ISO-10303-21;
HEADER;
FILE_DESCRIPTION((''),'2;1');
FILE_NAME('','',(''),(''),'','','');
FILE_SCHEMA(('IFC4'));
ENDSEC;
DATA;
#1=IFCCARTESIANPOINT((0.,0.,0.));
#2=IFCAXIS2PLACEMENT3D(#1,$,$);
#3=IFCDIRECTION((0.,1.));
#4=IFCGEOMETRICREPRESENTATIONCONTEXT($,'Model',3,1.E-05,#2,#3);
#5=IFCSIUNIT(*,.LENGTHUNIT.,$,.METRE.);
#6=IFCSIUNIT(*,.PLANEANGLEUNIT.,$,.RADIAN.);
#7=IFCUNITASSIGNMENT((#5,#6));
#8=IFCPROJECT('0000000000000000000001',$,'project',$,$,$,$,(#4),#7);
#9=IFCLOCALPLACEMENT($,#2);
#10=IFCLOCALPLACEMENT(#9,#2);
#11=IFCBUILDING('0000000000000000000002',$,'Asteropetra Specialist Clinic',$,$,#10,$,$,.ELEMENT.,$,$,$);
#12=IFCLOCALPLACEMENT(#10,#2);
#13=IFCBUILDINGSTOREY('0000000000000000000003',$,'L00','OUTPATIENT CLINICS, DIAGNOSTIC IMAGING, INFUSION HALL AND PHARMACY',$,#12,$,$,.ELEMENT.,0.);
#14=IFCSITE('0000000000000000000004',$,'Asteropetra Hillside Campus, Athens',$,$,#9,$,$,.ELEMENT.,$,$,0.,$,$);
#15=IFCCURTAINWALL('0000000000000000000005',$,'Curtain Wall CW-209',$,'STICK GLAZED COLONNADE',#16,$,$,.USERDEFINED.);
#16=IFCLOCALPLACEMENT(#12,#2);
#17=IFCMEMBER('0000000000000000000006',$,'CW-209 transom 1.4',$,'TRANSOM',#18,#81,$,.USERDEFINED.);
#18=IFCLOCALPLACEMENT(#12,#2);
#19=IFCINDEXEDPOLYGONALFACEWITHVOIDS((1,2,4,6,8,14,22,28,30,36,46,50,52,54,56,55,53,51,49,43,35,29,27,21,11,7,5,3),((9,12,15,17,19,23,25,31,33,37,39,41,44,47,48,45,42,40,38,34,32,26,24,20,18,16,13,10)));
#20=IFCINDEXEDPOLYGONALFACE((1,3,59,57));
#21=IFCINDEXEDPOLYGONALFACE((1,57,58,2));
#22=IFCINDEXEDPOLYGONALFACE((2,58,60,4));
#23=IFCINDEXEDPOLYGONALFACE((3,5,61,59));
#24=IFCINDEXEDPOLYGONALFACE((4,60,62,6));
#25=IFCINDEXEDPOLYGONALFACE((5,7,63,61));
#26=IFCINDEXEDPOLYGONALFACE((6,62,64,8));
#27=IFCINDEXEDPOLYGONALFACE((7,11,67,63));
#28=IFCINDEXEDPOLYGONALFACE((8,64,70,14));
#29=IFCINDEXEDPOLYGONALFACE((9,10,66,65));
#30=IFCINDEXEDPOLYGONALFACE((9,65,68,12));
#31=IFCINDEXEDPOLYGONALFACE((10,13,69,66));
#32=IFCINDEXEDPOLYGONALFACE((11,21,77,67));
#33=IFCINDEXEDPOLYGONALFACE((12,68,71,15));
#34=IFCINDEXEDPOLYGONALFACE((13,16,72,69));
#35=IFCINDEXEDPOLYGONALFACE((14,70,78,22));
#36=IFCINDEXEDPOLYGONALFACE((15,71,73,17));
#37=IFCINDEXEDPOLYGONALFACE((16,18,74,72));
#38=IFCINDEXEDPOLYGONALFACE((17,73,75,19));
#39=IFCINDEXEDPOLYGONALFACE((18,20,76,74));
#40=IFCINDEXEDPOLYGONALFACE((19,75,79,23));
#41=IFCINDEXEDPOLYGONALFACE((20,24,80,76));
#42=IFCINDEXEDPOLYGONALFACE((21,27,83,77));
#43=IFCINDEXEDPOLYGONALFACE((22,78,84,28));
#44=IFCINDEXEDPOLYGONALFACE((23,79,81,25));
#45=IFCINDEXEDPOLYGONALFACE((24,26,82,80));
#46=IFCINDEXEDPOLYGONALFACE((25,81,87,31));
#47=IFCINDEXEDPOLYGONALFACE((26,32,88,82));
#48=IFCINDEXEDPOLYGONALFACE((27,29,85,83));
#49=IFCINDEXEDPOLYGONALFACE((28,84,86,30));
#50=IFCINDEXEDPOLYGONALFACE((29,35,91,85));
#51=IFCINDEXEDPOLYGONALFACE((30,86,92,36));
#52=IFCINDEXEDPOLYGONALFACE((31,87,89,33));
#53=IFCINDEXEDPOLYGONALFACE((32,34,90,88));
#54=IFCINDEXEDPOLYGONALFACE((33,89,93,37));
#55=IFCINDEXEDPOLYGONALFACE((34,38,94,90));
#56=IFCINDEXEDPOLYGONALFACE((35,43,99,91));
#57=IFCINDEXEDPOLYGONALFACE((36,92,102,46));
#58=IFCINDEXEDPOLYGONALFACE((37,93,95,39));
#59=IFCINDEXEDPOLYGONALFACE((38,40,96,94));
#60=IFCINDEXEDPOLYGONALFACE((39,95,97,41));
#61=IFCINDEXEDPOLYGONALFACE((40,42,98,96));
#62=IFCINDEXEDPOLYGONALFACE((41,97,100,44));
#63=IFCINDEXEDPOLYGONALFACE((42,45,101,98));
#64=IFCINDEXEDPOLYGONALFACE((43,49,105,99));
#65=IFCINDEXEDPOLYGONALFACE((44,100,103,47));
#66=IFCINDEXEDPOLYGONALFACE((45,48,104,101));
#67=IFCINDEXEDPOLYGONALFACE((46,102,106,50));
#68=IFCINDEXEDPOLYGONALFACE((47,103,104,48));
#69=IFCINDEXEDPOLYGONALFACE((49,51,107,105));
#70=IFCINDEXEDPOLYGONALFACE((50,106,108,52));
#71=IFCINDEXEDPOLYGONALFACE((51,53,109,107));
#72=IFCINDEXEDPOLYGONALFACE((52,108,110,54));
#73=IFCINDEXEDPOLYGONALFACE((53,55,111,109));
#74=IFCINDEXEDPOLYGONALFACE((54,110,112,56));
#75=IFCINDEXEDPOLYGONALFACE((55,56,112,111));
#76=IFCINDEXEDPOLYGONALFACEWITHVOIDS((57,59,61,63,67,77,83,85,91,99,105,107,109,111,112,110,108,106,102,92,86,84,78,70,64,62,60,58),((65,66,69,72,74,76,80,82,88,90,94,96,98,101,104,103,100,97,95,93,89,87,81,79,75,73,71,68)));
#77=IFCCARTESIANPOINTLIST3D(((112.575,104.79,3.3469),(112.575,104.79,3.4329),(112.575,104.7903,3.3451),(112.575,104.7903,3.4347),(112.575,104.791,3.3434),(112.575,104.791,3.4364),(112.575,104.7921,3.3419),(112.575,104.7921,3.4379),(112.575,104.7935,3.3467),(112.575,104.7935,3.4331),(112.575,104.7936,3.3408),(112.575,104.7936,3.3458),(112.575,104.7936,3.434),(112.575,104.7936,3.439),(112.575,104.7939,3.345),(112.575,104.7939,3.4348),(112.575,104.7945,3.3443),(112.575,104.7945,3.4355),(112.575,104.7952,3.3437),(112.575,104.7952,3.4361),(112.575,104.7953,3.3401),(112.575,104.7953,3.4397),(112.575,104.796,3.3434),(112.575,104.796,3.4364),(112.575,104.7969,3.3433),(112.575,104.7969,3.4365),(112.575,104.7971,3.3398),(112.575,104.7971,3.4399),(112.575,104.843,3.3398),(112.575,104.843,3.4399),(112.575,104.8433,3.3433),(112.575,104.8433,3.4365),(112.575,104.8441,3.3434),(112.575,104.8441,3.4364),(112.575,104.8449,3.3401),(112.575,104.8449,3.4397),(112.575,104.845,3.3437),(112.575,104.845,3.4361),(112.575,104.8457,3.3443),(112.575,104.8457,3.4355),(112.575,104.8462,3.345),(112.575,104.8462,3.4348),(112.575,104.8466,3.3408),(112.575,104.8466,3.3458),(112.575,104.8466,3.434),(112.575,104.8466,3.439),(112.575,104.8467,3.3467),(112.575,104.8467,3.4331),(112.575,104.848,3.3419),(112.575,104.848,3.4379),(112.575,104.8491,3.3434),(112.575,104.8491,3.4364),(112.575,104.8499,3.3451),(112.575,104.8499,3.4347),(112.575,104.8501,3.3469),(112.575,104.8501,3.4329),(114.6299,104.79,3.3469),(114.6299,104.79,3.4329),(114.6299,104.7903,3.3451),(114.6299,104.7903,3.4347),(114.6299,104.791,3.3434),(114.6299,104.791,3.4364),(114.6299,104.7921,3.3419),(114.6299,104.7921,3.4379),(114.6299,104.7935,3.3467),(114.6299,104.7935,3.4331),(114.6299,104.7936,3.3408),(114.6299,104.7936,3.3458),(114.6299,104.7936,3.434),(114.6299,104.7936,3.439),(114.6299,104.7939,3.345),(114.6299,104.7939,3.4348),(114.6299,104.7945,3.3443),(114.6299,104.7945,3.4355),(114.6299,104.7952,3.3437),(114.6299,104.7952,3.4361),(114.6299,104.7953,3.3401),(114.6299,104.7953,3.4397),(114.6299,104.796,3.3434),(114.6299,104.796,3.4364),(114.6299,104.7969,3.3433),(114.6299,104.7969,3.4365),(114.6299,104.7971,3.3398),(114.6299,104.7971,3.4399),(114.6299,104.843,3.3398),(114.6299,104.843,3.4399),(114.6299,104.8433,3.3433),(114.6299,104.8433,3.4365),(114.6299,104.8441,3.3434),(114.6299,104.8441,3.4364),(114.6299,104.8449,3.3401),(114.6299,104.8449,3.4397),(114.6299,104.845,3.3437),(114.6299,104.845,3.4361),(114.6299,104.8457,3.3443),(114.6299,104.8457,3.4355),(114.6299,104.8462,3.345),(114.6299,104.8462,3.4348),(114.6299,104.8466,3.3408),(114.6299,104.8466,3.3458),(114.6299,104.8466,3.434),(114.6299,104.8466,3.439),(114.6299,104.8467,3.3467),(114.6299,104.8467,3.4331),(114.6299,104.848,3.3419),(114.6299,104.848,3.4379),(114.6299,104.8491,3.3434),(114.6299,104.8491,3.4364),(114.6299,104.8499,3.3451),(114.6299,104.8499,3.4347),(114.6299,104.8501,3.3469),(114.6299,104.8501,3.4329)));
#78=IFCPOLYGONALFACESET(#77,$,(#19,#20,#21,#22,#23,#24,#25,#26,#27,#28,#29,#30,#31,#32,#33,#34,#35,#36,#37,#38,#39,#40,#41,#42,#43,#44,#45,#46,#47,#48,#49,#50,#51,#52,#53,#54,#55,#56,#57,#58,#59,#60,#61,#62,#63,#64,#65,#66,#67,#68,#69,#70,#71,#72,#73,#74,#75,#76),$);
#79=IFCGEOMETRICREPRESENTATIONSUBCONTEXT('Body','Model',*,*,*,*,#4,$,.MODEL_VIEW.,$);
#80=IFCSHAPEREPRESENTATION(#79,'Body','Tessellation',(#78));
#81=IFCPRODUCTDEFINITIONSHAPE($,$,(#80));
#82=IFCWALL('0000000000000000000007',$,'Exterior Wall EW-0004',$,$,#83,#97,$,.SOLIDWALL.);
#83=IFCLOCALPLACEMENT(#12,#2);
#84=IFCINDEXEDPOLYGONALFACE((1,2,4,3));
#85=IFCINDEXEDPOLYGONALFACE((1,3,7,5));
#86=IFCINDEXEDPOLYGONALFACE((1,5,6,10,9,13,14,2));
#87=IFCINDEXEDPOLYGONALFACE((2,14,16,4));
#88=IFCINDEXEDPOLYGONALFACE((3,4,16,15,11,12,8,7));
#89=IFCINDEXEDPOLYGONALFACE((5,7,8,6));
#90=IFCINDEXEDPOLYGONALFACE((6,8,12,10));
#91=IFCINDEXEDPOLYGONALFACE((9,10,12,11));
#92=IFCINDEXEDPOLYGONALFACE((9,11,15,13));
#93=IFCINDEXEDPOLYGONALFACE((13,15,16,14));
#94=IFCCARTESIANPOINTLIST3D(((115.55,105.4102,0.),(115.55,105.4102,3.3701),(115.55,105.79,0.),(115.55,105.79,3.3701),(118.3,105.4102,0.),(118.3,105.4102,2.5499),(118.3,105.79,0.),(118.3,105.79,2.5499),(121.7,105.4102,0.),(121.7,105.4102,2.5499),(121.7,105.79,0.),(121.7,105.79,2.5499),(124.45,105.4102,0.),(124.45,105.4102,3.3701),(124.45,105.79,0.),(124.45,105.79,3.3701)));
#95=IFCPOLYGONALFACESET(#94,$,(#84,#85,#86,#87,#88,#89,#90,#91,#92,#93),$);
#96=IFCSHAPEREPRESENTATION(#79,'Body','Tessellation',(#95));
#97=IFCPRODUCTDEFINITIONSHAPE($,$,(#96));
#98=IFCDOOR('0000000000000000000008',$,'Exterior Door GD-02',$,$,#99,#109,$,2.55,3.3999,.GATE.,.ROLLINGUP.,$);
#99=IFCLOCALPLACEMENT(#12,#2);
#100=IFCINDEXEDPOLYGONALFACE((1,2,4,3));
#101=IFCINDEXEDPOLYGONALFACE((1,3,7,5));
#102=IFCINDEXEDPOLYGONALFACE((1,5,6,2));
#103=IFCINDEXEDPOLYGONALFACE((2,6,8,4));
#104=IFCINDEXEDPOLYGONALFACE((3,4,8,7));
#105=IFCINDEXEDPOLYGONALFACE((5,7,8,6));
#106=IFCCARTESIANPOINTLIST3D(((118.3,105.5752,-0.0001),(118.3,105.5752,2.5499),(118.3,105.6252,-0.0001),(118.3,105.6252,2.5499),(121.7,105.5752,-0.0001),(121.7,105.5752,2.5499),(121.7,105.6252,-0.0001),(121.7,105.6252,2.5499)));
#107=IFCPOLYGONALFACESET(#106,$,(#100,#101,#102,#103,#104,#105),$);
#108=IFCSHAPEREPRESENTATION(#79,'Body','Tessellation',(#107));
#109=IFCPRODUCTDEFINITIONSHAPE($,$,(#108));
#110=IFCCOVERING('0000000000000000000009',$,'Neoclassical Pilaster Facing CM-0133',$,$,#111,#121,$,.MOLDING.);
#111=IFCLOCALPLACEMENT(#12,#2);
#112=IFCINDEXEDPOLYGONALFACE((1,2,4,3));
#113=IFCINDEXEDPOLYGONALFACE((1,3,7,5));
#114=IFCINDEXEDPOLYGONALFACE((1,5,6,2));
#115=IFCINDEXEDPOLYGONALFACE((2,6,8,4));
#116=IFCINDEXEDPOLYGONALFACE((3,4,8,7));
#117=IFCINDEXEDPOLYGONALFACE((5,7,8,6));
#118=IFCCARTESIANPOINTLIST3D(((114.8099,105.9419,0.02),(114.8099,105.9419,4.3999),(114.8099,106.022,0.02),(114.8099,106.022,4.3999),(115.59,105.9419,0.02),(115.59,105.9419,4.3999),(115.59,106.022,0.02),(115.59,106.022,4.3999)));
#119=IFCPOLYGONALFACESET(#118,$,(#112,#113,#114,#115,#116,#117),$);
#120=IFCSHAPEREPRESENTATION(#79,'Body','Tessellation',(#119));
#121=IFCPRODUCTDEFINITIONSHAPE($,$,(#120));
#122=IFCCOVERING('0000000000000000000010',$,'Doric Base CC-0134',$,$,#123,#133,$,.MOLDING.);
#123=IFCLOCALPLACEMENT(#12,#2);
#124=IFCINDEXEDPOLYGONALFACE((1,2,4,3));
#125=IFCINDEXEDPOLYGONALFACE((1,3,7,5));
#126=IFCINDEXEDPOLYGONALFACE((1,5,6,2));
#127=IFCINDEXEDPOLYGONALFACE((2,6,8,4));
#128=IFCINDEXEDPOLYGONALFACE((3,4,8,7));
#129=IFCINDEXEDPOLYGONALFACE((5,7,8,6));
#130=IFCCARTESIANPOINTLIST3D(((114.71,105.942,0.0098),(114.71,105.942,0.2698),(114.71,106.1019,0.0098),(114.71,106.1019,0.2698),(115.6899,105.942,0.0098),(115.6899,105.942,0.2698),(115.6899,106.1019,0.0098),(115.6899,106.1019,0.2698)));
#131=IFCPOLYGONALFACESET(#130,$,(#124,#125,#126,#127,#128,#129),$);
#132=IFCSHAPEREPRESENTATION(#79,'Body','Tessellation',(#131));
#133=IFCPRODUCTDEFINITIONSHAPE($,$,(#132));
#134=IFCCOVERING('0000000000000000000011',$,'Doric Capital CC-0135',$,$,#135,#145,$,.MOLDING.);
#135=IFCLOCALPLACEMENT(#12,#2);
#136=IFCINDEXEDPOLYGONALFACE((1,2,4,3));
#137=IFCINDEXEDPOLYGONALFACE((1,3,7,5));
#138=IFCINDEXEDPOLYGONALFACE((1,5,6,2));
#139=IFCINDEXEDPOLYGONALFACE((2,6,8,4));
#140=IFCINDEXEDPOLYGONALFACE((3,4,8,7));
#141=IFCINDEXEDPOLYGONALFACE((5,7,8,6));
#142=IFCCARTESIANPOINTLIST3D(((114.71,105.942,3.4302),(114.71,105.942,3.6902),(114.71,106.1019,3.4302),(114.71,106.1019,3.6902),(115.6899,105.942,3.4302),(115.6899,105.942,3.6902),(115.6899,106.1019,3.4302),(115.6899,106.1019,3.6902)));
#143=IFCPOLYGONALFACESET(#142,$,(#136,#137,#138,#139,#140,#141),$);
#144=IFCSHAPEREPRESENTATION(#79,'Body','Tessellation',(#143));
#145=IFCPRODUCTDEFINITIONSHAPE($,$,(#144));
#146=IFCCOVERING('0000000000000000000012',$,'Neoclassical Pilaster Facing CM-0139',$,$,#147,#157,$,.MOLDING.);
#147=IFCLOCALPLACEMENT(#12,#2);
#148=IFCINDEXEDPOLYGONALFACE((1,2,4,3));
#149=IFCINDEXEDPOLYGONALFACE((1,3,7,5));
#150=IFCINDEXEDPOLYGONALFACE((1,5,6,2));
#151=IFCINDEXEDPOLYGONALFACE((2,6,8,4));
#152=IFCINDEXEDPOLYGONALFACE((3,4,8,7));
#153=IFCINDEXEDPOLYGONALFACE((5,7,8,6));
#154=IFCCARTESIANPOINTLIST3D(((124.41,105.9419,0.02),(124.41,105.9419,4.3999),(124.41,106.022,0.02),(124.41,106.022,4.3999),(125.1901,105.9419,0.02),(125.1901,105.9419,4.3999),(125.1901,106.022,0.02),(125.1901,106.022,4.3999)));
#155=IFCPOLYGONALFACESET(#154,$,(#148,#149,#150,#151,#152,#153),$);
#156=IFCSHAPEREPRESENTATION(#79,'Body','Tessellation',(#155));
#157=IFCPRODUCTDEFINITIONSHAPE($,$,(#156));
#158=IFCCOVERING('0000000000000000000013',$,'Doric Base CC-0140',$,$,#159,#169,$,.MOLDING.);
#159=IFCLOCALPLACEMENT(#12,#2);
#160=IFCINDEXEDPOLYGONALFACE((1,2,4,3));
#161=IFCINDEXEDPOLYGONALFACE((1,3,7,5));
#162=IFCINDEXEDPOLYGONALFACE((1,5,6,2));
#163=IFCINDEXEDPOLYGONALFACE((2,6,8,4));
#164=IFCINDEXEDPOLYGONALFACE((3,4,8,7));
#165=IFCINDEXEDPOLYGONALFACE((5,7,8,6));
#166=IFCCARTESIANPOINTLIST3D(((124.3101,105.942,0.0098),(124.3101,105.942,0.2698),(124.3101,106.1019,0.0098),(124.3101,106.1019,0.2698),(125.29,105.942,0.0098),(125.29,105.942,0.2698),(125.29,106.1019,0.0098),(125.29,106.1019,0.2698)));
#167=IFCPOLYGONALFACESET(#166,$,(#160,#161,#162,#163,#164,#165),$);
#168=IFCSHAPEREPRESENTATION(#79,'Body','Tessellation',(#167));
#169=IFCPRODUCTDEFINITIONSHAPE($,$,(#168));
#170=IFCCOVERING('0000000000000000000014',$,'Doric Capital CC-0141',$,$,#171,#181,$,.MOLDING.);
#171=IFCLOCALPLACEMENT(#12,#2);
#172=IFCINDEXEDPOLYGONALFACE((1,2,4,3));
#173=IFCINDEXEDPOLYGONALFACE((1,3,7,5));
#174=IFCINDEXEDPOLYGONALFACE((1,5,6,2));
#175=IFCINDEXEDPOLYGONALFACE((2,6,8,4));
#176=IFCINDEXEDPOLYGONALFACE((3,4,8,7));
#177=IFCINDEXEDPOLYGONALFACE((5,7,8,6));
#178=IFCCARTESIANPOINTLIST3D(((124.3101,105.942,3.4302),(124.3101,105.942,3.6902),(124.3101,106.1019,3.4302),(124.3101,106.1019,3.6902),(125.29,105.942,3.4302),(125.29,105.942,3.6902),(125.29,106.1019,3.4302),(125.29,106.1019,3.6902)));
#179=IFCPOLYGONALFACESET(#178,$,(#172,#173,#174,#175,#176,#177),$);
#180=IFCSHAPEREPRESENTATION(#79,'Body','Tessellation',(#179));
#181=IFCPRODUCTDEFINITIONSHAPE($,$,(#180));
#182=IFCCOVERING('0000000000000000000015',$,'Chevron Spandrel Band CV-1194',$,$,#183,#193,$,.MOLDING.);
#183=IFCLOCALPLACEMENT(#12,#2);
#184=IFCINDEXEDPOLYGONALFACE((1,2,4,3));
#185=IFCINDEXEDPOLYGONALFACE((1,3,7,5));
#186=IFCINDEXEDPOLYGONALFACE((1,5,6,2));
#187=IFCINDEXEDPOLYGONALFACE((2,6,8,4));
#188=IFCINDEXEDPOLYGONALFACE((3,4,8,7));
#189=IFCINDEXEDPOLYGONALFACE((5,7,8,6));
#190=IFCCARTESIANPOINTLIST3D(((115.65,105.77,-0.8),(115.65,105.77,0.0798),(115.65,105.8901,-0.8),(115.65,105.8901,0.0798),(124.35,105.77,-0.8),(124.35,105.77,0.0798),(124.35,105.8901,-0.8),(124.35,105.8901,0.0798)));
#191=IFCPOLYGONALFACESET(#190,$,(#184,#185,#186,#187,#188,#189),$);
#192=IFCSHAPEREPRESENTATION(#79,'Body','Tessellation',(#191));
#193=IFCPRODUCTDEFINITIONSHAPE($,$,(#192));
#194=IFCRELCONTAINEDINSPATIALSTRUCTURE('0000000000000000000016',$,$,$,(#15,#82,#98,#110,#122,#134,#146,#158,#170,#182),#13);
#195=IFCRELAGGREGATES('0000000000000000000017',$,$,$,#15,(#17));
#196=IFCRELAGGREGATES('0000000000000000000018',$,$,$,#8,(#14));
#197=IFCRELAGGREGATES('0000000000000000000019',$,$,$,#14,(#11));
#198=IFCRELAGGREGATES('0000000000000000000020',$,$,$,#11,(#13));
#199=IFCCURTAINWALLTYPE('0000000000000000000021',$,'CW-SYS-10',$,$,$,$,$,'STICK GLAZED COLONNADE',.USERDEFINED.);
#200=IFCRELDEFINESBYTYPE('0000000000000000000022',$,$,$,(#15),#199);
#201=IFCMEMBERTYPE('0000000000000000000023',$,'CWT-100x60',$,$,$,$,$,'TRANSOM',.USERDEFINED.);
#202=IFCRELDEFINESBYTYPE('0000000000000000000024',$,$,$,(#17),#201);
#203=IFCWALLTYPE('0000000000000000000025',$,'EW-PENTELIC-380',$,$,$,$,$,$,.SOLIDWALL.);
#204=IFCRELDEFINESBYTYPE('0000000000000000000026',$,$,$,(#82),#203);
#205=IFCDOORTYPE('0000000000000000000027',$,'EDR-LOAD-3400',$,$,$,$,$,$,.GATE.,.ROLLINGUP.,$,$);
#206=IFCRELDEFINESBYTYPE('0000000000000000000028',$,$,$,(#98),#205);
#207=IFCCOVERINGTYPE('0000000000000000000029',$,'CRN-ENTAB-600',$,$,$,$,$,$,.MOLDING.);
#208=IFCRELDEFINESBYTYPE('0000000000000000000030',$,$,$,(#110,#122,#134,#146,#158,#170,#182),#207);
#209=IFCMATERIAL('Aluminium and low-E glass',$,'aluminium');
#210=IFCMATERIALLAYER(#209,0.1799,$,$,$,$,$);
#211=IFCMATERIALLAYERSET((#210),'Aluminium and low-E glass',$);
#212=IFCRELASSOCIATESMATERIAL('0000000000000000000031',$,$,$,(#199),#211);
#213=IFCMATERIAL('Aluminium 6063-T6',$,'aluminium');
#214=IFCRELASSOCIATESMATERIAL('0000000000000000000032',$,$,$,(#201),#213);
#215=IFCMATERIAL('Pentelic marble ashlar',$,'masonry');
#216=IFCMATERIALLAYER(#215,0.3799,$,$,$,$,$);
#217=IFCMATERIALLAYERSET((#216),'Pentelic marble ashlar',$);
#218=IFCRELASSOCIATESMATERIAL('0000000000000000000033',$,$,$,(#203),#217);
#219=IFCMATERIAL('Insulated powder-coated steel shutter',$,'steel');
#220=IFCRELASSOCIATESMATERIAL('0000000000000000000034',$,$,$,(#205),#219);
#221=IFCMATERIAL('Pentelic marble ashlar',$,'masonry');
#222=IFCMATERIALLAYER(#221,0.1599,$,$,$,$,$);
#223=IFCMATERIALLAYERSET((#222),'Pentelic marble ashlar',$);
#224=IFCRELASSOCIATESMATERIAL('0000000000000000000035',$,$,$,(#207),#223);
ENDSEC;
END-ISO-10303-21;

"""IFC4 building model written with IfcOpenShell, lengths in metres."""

from ifc_helpers import new_model, si_unit, direction, frame, frame_2d, origin, origin_2d, place, context, subcontext, project, spatial, rectangle, hollow_rectangle, extrude, material, layer, layer_set, material_profile, profile_set, type_object, element, fill, aggregate, save


model = new_model("IFC4")

# Units and contexts
model_context = context("Model", 3, precision=1e-05, world=origin(), true_north=direction((0.0, 1.0)))
body_context = subcontext(model_context, "Body", "Model", "MODEL_VIEW")
ifc_project = project(units=[si_unit("LENGTHUNIT", "METRE"), si_unit("PLANEANGLEUNIT", "RADIAN")], contexts=[model_context])

# Site, building, storey
site_placement = place(None, origin())
site = spatial("IfcSite", under=ifc_project, at=site_placement, Name="Asteropetra Hillside Campus, Athens", CompositionType="ELEMENT", RefElevation=0.0)
building_placement = place(site_placement, origin())
building = spatial("IfcBuilding", under=site, at=building_placement, Name="Asteropetra Specialist Clinic", CompositionType="ELEMENT")
storey_placement = place(building_placement, origin())
storey = spatial("IfcBuildingStorey", under=building, at=storey_placement, Name="L00", Description="OUTPATIENT CLINICS, DIAGNOSTIC IMAGING, INFUSION HALL AND PHARMACY", CompositionType="ELEMENT", Elevation=0.0)

# Curtain wall, member
ifc_material_1 = material(Name="Aluminium and low-E glass", Category="aluminium")
ifc_layer_1 = layer(ifc_material_1, 0.1799)
ifc_layer_set_1 = layer_set([ifc_layer_1], Name="Aluminium and low-E glass")
curtain_wall_type = type_object("IfcCurtainWallType", Name="CW-SYS-10", ElementType="STICK GLAZED COLONNADE", PredefinedType="USERDEFINED", material=ifc_layer_set_1)
curtain_wall_placement = place(storey_placement, origin())
curtain_wall = element("IfcCurtainWall", 1, at=curtain_wall_placement, inside=storey, type_object=curtain_wall_type, Name="Curtain Wall CW-209", ObjectType="STICK GLAZED COLONNADE", PredefinedType="USERDEFINED")
ifc_material_2 = material(Name="Aluminium 6063-T6", Category="aluminium")
ifc_material_profile_1 = material_profile(ifc_material_2, hollow_rectangle(XDim=0.0601, YDim=0.1001, WallThickness=0.0034, InnerFilletRadius=0.0034, OuterFilletRadius=0.0071, at=origin_2d()), Name="TRN 100x60x3.5")
ifc_profile_set_1 = profile_set([ifc_material_profile_1], Name="Aluminium 6063-T6")
member_type_1 = type_object("IfcMemberType", Name="CWT-100x60", ElementType="TRANSOM", PredefinedType="USERDEFINED", material=ifc_profile_set_1)
member_1_placement = place(storey_placement, frame((114.6299, 104.8201, 3.3899), z_axis=(-1.0, 0.0, 0.0), x_axis=(0.0, -1.0, 0.0)))
member_1 = element("IfcMember", 2, at=member_1_placement, type_object=member_type_1, Name="CW-209 transom 1.4", ObjectType="TRANSOM", PredefinedType="USERDEFINED", context=body_context, shape_type="SweptSolid", body=[
    extrude(hollow_rectangle(XDim=0.0601, YDim=0.1001, WallThickness=0.0034, InnerFilletRadius=0.0034, OuterFilletRadius=0.0071, at=origin_2d()), origin(), (0.0, 0.0, 1.0), 2.0549),
])
aggregate(curtain_wall, [member_1])

# Wall, opening, door
ifc_material_3 = material(Name="Pentelic marble ashlar", Category="masonry")
ifc_layer_2 = layer(ifc_material_3, 0.3799)
ifc_layer_set_2 = layer_set([ifc_layer_2], Name="Pentelic marble ashlar")
wall_type = type_object("IfcWallType", Name="EW-PENTELIC-380", PredefinedType="SOLIDWALL", material=ifc_layer_set_2)
wall_placement = place(storey_placement, frame((124.45, 105.6001, 0.0), z_axis=(0.0, 0.0, 1.0), x_axis=(-1.0, 0.0, 0.0)))
wall = element("IfcWall", 3, at=wall_placement, inside=storey, type_object=wall_type, Name="Exterior Wall EW-0004", PredefinedType="SOLIDWALL", context=body_context, shape_type="SweptSolid", body=[
    extrude(rectangle(XDim=8.8999, YDim=0.3799, at=frame_2d((4.45, 0.0))), origin(), (0.0, 0.0, 1.0), 3.3701),
])
opening_placement = place(wall_placement, frame((2.75, 0.0, 0.0)))
opening = element("IfcOpeningElement", 4, at=opening_placement, cuts=wall, PredefinedType="OPENING", context=body_context, shape_type="SweptSolid", body=[
    extrude(rectangle(XDim=3.3999, YDim=2.55, at=frame_2d((1.7, 1.2749))), frame((0.0, 0.2, 0.0), z_axis=(0.0, -1.0, 0.0), x_axis=(1.0, 0.0, 0.0)), (0.0, 0.0, 1.0), 0.3999),
])
ifc_material_4 = material(Name="Insulated powder-coated steel shutter", Category="steel")
door_type = type_object("IfcDoorType", Name="EDR-LOAD-3400", OperationType="ROLLINGUP", PredefinedType="GATE", material=ifc_material_4)
door_placement = place(opening_placement, origin())
door = element("IfcDoor", 5, at=door_placement, inside=storey, type_object=door_type, Name="Exterior Door GD-02", OperationType="ROLLINGUP", OverallHeight=2.55, OverallWidth=3.3999, PredefinedType="GATE", context=body_context, shape_type="SweptSolid", body=[
    extrude(rectangle(XDim=3.3999, YDim=2.55, at=frame_2d((1.7, 1.2749))), frame((0.0, 0.0249, 0.0), z_axis=(0.0, -1.0, 0.0), x_axis=(1.0, 0.0, 0.0)), (0.0, 0.0, 1.0), 0.05),
])
fill(opening, door)

# Coverings
ifc_material_5 = material(Name="Pentelic marble ashlar", Category="masonry")
ifc_layer_3 = layer(ifc_material_5, 0.1599)
ifc_layer_set_3 = layer_set([ifc_layer_3], Name="Pentelic marble ashlar")
covering_type = type_object("IfcCoveringType", Name="CRN-ENTAB-600", PredefinedType="MOLDING", material=ifc_layer_set_3)
covering_1_placement = place(storey_placement, frame((115.2, 105.9819, 0.02), z_axis=(0.0, 0.0, 1.0), x_axis=(1.0, 0.0, 0.0)))
element("IfcCovering", 6, at=covering_1_placement, inside=storey, type_object=covering_type, Name="Neoclassical Pilaster Facing CM-0133", PredefinedType="MOLDING", context=body_context, shape_type="SweptSolid", body=[
    extrude(rectangle(XDim=0.78, YDim=0.0801, at=origin_2d()), origin(), (0.0, 0.0, 1.0), 4.3799),
])
for number, where, z_axis, x_axis, name in (
    (7, (115.2, 106.022, 0.0098), (0.0, 0.0, 1.0), (1.0, 0.0, 0.0), "Doric Base CC-0134"),
    (8, (115.2, 106.022, 3.4302), (0.0, 0.0, 1.0), (1.0, 0.0, 0.0), "Doric Capital CC-0135"),
):
    element("IfcCovering", number, at=place(storey_placement, frame(where, z_axis=z_axis, x_axis=x_axis)), inside=storey, type_object=covering_type, Name=name, PredefinedType="MOLDING", context=body_context, shape_type="SweptSolid", body=[
        extrude(rectangle(XDim=0.98, YDim=0.1599, at=origin_2d()), origin(), (0.0, 0.0, 1.0), 0.26),
    ])
covering_2_placement = place(storey_placement, frame((124.8, 105.9819, 0.02), z_axis=(0.0, 0.0, 1.0), x_axis=(1.0, 0.0, 0.0)))
element("IfcCovering", 9, at=covering_2_placement, inside=storey, type_object=covering_type, Name="Neoclassical Pilaster Facing CM-0139", PredefinedType="MOLDING", context=body_context, shape_type="SweptSolid", body=[
    extrude(rectangle(XDim=0.78, YDim=0.0801, at=origin_2d()), origin(), (0.0, 0.0, 1.0), 4.3799),
])
for number, where, z_axis, x_axis, name in (
    (10, (124.8, 106.022, 0.0098), (0.0, 0.0, 1.0), (1.0, 0.0, 0.0), "Doric Base CC-0140"),
    (11, (124.8, 106.022, 3.4302), (0.0, 0.0, 1.0), (1.0, 0.0, 0.0), "Doric Capital CC-0141"),
):
    element("IfcCovering", number, at=place(storey_placement, frame(where, z_axis=z_axis, x_axis=x_axis)), inside=storey, type_object=covering_type, Name=name, PredefinedType="MOLDING", context=body_context, shape_type="SweptSolid", body=[
        extrude(rectangle(XDim=0.98, YDim=0.1599, at=origin_2d()), origin(), (0.0, 0.0, 1.0), 0.26),
    ])
covering_3_placement = place(storey_placement, frame((120.0, 105.8301, -0.8), z_axis=(0.0, 0.0, 1.0), x_axis=(1.0, 0.0, 0.0)))
element("IfcCovering", 12, at=covering_3_placement, inside=storey, type_object=covering_type, Name="Chevron Spandrel Band CV-1194", PredefinedType="MOLDING", context=body_context, shape_type="SweptSolid", body=[
    extrude(rectangle(XDim=8.7, YDim=0.1201, at=origin_2d()), origin(), (0.0, 0.0, 1.0), 0.8799),
])

save(model, "model.ifc")
